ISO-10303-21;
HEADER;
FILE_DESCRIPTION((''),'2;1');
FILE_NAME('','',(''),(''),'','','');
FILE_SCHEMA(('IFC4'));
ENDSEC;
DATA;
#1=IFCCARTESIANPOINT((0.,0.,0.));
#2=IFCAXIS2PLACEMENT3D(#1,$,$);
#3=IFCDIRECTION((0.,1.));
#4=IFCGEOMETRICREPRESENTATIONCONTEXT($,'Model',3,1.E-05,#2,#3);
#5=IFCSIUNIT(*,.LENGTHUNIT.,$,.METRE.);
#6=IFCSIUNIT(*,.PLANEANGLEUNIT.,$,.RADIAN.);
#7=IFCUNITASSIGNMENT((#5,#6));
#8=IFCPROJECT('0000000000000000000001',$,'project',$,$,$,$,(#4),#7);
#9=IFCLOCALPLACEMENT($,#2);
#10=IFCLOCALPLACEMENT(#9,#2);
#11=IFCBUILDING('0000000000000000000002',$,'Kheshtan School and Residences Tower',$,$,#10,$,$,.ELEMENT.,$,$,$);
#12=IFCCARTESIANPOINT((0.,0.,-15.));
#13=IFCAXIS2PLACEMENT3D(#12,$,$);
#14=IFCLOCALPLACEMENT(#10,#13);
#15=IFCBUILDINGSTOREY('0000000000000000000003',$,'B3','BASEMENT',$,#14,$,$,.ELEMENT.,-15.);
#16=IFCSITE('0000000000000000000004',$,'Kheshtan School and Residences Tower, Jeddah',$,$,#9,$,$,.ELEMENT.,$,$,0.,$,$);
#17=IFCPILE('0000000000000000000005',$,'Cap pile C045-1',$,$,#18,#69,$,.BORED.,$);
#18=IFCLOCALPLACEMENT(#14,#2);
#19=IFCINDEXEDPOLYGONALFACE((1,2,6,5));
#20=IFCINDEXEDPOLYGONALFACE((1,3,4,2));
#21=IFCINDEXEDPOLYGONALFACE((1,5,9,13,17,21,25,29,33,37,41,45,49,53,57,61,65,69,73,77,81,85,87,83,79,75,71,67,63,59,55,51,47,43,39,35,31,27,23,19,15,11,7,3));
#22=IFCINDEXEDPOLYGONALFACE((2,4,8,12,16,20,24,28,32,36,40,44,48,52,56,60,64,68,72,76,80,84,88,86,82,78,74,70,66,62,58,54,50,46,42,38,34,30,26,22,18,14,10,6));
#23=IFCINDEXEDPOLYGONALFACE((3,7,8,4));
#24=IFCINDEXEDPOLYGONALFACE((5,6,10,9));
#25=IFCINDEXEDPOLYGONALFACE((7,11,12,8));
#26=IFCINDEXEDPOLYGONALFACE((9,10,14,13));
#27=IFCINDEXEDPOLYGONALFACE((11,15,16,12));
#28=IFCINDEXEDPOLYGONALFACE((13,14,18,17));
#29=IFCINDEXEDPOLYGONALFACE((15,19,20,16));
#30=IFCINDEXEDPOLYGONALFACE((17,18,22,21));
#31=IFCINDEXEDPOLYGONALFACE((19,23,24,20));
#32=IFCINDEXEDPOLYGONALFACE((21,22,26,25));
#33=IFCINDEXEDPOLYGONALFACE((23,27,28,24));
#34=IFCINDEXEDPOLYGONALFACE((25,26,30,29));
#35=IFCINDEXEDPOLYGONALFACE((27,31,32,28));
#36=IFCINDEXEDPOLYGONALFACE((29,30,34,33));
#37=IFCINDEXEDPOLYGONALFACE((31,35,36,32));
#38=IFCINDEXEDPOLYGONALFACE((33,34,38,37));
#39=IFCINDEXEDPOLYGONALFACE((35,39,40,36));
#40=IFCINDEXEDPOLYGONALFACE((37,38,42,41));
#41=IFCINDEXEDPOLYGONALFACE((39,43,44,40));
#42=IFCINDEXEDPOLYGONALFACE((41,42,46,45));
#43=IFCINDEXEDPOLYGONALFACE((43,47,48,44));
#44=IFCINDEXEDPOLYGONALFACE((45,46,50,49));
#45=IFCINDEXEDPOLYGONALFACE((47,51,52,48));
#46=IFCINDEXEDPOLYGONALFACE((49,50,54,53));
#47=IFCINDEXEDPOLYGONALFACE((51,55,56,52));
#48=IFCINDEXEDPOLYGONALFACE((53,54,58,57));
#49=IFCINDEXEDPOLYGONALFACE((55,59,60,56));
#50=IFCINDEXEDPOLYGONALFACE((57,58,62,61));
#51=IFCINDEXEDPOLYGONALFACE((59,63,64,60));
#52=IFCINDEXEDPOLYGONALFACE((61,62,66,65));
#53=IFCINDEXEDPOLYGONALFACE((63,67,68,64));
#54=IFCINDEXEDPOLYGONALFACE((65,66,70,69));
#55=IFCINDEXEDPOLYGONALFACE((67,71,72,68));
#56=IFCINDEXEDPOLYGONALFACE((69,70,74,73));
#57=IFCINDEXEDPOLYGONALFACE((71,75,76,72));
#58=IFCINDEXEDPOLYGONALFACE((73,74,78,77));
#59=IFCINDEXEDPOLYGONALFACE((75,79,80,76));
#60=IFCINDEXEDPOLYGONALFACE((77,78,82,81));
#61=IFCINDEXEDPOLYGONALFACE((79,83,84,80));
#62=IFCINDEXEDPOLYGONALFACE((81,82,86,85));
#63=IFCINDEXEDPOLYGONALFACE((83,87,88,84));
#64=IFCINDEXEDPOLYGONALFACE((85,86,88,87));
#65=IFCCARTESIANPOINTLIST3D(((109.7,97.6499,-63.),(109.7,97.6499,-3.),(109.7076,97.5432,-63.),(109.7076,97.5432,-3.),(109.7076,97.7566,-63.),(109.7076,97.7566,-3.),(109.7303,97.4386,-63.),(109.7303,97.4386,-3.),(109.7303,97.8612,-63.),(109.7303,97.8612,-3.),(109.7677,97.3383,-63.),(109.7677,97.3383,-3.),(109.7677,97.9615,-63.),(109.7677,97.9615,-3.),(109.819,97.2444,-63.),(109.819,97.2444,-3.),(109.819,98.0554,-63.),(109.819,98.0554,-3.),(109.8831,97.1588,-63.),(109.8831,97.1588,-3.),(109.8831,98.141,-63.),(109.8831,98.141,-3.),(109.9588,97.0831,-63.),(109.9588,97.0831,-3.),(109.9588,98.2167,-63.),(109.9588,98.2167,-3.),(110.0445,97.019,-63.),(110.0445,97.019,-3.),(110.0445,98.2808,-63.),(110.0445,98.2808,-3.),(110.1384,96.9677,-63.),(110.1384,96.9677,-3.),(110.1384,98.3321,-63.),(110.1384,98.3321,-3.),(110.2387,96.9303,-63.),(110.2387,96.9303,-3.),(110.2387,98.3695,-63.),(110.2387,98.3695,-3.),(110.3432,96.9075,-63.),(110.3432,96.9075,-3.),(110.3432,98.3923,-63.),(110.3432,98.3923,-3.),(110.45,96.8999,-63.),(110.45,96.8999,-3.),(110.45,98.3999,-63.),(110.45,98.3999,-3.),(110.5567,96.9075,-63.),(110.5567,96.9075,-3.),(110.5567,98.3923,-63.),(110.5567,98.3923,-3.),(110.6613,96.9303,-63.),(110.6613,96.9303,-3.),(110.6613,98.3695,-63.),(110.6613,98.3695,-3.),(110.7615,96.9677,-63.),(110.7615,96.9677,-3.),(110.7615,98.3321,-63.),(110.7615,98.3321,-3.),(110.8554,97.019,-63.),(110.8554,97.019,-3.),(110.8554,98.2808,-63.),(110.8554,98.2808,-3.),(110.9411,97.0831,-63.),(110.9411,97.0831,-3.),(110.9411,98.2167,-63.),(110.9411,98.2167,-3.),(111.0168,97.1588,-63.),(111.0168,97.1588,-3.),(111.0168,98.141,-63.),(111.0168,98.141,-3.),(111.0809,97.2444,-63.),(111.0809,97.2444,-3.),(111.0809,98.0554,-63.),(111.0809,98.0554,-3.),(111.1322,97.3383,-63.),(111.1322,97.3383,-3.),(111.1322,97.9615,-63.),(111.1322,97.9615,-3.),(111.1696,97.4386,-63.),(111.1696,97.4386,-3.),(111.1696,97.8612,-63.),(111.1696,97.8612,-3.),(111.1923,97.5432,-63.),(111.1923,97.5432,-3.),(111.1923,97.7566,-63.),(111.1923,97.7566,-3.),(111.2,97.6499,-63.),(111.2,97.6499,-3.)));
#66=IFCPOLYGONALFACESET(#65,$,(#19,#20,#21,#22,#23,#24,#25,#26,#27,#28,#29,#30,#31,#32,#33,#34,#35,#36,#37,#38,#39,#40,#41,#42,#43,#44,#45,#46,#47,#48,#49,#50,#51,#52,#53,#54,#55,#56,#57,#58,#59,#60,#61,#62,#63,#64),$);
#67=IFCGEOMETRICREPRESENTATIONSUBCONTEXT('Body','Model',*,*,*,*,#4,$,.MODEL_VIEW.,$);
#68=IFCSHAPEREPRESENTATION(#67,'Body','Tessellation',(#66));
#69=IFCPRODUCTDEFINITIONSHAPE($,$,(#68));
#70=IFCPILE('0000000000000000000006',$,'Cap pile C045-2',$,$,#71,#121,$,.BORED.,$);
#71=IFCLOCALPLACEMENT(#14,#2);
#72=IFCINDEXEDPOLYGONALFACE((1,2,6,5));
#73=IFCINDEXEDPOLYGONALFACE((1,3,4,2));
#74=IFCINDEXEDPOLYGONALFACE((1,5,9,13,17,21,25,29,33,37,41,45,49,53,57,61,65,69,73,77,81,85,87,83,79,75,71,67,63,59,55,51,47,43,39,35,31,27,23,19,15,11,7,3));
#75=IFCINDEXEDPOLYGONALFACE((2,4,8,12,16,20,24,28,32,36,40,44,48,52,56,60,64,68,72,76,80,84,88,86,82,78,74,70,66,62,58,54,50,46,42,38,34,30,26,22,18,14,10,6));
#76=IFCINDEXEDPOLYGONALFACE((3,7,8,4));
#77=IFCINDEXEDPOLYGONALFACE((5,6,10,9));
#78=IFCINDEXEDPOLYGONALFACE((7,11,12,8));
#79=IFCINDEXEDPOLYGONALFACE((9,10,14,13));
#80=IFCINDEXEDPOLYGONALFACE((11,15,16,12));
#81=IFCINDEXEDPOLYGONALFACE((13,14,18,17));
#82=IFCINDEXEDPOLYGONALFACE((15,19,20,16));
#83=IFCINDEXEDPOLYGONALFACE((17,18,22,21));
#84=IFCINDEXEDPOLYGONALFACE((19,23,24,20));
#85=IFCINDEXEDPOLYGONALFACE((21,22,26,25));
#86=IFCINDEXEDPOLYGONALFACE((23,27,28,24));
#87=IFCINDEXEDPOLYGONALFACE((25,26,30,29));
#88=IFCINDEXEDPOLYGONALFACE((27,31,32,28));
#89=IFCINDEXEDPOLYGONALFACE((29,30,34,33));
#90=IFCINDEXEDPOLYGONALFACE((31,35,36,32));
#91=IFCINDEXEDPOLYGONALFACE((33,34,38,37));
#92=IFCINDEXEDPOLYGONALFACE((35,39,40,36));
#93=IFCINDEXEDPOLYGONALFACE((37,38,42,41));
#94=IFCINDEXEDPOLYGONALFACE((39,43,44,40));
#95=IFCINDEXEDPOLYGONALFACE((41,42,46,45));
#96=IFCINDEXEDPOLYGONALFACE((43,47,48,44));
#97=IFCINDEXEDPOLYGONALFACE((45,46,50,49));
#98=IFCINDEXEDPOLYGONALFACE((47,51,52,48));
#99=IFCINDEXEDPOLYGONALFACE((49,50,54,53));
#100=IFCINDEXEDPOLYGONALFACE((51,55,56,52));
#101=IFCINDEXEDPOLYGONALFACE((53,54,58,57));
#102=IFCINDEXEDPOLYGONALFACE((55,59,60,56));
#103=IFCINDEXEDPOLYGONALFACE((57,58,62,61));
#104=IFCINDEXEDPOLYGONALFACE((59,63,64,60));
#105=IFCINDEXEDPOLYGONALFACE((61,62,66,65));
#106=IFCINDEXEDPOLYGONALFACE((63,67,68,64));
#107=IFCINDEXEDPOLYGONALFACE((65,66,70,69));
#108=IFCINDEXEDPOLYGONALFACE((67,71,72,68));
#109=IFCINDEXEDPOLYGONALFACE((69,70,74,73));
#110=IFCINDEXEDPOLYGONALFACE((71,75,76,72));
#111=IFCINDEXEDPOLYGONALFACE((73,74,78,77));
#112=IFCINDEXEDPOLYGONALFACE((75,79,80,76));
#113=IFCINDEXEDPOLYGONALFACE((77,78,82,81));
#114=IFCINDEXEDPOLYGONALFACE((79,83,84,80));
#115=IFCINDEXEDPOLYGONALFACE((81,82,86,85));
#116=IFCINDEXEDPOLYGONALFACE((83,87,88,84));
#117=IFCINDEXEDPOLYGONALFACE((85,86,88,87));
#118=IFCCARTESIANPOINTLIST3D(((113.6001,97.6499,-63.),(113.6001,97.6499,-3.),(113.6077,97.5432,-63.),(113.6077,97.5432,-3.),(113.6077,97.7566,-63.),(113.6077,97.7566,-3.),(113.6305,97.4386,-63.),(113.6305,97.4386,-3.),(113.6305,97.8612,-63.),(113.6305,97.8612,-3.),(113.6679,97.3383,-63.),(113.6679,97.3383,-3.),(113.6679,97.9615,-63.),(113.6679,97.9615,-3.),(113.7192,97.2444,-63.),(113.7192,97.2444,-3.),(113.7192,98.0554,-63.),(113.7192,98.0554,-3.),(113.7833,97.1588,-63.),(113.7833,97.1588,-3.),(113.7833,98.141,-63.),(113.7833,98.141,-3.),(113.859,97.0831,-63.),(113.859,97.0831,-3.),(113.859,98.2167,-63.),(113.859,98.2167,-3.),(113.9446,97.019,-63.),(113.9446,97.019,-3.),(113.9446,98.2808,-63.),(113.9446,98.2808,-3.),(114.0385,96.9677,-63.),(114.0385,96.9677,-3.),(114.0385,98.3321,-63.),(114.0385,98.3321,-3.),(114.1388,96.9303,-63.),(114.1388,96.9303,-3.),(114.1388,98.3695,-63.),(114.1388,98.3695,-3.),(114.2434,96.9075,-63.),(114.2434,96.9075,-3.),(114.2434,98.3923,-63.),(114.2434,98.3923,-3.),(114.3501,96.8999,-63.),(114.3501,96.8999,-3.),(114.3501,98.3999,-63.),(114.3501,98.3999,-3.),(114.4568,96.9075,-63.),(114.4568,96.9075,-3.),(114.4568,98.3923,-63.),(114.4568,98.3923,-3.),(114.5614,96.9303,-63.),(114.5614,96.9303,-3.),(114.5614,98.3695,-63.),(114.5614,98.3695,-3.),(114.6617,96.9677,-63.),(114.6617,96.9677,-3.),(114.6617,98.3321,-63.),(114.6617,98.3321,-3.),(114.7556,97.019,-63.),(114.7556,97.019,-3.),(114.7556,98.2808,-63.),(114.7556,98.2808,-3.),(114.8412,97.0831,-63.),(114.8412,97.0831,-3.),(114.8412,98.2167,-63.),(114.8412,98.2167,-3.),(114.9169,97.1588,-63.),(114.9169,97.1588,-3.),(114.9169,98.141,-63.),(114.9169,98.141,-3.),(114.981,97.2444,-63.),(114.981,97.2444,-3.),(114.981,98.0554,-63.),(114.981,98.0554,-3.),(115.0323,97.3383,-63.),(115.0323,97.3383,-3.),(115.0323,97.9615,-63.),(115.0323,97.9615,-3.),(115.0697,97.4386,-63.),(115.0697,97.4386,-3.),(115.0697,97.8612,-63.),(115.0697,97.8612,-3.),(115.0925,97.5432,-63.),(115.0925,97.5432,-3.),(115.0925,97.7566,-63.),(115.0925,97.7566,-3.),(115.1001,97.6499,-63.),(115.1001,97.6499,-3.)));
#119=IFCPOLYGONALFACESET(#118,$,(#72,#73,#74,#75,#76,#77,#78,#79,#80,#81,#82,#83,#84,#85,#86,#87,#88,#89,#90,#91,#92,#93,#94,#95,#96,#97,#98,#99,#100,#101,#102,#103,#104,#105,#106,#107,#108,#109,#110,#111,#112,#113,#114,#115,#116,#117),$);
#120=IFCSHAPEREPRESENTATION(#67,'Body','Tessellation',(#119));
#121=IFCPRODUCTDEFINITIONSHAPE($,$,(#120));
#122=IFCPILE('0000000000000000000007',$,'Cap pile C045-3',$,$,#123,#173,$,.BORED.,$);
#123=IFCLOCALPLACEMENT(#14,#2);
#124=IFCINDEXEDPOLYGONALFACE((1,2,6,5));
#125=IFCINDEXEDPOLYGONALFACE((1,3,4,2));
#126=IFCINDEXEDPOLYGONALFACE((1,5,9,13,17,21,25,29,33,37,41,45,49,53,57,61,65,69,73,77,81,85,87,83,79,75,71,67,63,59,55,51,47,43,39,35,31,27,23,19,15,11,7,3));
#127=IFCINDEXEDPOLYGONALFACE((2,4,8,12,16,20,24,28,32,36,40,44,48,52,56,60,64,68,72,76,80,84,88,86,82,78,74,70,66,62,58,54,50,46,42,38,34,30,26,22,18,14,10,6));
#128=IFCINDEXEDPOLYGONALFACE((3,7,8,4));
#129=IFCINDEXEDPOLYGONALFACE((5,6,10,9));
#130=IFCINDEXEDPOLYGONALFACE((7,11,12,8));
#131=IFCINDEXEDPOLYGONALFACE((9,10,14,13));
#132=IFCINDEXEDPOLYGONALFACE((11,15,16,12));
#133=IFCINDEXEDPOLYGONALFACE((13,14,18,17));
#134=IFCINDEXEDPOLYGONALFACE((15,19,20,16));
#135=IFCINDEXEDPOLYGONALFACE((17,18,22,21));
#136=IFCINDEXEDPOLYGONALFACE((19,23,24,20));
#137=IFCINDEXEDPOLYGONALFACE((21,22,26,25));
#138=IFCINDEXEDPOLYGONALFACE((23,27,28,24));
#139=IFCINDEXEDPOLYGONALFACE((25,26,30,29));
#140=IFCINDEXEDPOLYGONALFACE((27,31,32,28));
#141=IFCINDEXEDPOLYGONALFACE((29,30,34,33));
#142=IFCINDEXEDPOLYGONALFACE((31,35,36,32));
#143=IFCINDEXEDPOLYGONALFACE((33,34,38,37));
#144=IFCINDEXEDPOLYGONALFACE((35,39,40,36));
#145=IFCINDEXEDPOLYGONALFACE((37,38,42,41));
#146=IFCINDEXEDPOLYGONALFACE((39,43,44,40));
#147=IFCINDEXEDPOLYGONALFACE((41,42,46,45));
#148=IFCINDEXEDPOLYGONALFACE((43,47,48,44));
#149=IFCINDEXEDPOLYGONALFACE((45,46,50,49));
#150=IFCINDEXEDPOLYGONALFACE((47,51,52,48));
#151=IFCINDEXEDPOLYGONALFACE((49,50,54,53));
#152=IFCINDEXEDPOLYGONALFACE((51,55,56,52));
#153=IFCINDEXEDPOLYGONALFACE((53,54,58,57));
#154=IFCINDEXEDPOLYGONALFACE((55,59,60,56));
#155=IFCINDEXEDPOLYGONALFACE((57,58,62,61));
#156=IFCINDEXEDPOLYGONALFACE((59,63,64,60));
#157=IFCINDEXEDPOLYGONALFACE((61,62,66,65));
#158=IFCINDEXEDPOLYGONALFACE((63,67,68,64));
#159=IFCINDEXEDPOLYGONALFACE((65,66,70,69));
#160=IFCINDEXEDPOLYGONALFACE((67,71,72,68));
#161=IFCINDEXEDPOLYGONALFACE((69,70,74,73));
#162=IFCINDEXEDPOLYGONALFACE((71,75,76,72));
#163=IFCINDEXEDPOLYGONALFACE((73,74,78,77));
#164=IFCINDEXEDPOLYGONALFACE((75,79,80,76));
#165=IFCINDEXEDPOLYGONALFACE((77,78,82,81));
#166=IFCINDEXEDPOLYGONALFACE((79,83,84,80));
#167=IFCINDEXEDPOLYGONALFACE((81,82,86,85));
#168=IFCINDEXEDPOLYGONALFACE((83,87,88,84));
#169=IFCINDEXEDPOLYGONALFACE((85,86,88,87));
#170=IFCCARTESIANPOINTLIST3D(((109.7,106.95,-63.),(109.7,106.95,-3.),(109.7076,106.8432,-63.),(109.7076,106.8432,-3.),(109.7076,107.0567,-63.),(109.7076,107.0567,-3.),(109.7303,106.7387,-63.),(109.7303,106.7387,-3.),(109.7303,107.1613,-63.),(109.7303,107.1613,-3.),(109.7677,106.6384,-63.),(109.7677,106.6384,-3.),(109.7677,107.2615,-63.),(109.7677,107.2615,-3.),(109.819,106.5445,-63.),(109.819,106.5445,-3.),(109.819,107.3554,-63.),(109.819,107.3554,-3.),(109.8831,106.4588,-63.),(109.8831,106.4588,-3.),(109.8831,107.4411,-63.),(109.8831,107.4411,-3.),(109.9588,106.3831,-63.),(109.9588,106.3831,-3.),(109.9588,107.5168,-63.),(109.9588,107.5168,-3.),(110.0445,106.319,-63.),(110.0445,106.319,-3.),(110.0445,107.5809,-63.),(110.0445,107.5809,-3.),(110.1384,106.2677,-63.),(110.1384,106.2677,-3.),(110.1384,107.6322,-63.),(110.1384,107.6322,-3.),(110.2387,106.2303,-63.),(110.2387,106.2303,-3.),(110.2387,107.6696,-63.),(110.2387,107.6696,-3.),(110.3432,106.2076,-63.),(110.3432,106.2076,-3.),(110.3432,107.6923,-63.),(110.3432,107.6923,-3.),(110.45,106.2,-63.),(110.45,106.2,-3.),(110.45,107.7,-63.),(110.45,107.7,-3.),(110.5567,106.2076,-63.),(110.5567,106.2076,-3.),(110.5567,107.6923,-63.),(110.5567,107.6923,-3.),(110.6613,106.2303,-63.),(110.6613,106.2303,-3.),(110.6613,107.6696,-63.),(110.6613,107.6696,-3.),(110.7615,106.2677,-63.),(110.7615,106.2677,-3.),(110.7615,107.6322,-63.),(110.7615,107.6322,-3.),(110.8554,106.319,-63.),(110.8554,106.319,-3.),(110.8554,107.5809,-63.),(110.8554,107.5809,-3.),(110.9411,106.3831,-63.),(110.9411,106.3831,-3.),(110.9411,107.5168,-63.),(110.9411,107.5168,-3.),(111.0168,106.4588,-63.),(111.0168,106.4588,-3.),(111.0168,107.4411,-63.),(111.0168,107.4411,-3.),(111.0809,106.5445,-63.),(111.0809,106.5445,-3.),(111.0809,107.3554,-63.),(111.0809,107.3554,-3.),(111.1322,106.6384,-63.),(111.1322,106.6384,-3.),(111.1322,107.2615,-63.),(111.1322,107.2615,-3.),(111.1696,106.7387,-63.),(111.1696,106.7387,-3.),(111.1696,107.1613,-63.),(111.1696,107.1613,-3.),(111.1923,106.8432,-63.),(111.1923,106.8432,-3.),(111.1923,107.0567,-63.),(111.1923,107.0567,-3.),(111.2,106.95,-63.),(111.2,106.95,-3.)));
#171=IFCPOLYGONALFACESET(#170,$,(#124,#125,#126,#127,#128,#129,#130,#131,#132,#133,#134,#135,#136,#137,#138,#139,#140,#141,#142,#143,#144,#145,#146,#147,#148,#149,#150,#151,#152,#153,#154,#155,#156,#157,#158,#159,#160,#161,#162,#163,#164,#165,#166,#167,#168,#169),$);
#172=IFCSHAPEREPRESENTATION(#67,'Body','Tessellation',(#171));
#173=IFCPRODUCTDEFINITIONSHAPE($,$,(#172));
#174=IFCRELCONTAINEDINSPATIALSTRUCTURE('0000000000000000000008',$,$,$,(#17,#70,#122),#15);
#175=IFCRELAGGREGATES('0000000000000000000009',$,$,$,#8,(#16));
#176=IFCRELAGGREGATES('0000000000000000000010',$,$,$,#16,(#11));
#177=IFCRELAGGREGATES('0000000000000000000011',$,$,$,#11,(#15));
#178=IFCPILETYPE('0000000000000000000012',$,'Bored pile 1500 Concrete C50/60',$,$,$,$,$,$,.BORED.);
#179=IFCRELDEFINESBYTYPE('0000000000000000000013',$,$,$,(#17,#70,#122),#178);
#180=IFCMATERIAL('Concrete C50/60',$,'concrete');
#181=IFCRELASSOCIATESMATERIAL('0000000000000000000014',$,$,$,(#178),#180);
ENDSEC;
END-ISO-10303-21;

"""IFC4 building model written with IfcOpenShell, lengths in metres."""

from ifc_helpers import new_model, si_unit, direction, frame, origin, origin_2d, place, context, subcontext, project, spatial, circle, extrude, material, material_profile, profile_set, type_object, element, save


model = new_model("IFC4")

# Units and contexts
model_context = context("Model", 3, precision=1e-05, world=origin(), true_north=direction((0.0, 1.0)))
body_context = subcontext(model_context, "Body", "Model", "MODEL_VIEW")
ifc_project = project(units=[si_unit("LENGTHUNIT", "METRE"), si_unit("PLANEANGLEUNIT", "RADIAN")], contexts=[model_context])

# Site, building, storey
site_placement = place(None, origin())
site = spatial("IfcSite", under=ifc_project, at=site_placement, Name="Kheshtan School and Residences Tower, Jeddah", CompositionType="ELEMENT", RefElevation=0.0)
building_placement = place(site_placement, origin())
building = spatial("IfcBuilding", under=site, at=building_placement, Name="Kheshtan School and Residences Tower", CompositionType="ELEMENT")
storey_placement = place(building_placement, frame((0.0, 0.0, -15.0)))
storey = spatial("IfcBuildingStorey", under=building, at=storey_placement, Name="B3", Description="BASEMENT", CompositionType="ELEMENT", Elevation=-15.0)

# Piles
ifc_material_1 = material(Name="Concrete C50/60", Category="concrete")
ifc_material_profile_1 = material_profile(ifc_material_1, circle(Radius=0.75, at=origin_2d()), Name="BP 1500")
ifc_profile_set_1 = profile_set([ifc_material_profile_1], Name="Concrete C50/60")
pile_type = type_object("IfcPileType", Name="Bored pile 1500 Concrete C50/60", PredefinedType="BORED", material=ifc_profile_set_1)
for number, where, z_axis, x_axis, name in (
    (1, (110.45, 97.6499, -3.0), (0.0, 0.0, -1.0), (1.0, 0.0, 0.0), "Cap pile C045-1"),
    (2, (114.3501, 97.6499, -3.0), (0.0, 0.0, -1.0), (1.0, 0.0, 0.0), "Cap pile C045-2"),
    (3, (110.45, 106.95, -3.0), (0.0, 0.0, -1.0), (1.0, 0.0, 0.0), "Cap pile C045-3"),
):
    element("IfcPile", number, at=place(storey_placement, frame(where, z_axis=z_axis, x_axis=x_axis)), inside=storey, type_object=pile_type, Name=name, PredefinedType="BORED", context=body_context, shape_type="SweptSolid", body=[
        extrude(circle(Radius=0.75, at=origin_2d()), origin(), (0.0, 0.0, 1.0), 60.0),
    ])

save(model, "model.ifc")
